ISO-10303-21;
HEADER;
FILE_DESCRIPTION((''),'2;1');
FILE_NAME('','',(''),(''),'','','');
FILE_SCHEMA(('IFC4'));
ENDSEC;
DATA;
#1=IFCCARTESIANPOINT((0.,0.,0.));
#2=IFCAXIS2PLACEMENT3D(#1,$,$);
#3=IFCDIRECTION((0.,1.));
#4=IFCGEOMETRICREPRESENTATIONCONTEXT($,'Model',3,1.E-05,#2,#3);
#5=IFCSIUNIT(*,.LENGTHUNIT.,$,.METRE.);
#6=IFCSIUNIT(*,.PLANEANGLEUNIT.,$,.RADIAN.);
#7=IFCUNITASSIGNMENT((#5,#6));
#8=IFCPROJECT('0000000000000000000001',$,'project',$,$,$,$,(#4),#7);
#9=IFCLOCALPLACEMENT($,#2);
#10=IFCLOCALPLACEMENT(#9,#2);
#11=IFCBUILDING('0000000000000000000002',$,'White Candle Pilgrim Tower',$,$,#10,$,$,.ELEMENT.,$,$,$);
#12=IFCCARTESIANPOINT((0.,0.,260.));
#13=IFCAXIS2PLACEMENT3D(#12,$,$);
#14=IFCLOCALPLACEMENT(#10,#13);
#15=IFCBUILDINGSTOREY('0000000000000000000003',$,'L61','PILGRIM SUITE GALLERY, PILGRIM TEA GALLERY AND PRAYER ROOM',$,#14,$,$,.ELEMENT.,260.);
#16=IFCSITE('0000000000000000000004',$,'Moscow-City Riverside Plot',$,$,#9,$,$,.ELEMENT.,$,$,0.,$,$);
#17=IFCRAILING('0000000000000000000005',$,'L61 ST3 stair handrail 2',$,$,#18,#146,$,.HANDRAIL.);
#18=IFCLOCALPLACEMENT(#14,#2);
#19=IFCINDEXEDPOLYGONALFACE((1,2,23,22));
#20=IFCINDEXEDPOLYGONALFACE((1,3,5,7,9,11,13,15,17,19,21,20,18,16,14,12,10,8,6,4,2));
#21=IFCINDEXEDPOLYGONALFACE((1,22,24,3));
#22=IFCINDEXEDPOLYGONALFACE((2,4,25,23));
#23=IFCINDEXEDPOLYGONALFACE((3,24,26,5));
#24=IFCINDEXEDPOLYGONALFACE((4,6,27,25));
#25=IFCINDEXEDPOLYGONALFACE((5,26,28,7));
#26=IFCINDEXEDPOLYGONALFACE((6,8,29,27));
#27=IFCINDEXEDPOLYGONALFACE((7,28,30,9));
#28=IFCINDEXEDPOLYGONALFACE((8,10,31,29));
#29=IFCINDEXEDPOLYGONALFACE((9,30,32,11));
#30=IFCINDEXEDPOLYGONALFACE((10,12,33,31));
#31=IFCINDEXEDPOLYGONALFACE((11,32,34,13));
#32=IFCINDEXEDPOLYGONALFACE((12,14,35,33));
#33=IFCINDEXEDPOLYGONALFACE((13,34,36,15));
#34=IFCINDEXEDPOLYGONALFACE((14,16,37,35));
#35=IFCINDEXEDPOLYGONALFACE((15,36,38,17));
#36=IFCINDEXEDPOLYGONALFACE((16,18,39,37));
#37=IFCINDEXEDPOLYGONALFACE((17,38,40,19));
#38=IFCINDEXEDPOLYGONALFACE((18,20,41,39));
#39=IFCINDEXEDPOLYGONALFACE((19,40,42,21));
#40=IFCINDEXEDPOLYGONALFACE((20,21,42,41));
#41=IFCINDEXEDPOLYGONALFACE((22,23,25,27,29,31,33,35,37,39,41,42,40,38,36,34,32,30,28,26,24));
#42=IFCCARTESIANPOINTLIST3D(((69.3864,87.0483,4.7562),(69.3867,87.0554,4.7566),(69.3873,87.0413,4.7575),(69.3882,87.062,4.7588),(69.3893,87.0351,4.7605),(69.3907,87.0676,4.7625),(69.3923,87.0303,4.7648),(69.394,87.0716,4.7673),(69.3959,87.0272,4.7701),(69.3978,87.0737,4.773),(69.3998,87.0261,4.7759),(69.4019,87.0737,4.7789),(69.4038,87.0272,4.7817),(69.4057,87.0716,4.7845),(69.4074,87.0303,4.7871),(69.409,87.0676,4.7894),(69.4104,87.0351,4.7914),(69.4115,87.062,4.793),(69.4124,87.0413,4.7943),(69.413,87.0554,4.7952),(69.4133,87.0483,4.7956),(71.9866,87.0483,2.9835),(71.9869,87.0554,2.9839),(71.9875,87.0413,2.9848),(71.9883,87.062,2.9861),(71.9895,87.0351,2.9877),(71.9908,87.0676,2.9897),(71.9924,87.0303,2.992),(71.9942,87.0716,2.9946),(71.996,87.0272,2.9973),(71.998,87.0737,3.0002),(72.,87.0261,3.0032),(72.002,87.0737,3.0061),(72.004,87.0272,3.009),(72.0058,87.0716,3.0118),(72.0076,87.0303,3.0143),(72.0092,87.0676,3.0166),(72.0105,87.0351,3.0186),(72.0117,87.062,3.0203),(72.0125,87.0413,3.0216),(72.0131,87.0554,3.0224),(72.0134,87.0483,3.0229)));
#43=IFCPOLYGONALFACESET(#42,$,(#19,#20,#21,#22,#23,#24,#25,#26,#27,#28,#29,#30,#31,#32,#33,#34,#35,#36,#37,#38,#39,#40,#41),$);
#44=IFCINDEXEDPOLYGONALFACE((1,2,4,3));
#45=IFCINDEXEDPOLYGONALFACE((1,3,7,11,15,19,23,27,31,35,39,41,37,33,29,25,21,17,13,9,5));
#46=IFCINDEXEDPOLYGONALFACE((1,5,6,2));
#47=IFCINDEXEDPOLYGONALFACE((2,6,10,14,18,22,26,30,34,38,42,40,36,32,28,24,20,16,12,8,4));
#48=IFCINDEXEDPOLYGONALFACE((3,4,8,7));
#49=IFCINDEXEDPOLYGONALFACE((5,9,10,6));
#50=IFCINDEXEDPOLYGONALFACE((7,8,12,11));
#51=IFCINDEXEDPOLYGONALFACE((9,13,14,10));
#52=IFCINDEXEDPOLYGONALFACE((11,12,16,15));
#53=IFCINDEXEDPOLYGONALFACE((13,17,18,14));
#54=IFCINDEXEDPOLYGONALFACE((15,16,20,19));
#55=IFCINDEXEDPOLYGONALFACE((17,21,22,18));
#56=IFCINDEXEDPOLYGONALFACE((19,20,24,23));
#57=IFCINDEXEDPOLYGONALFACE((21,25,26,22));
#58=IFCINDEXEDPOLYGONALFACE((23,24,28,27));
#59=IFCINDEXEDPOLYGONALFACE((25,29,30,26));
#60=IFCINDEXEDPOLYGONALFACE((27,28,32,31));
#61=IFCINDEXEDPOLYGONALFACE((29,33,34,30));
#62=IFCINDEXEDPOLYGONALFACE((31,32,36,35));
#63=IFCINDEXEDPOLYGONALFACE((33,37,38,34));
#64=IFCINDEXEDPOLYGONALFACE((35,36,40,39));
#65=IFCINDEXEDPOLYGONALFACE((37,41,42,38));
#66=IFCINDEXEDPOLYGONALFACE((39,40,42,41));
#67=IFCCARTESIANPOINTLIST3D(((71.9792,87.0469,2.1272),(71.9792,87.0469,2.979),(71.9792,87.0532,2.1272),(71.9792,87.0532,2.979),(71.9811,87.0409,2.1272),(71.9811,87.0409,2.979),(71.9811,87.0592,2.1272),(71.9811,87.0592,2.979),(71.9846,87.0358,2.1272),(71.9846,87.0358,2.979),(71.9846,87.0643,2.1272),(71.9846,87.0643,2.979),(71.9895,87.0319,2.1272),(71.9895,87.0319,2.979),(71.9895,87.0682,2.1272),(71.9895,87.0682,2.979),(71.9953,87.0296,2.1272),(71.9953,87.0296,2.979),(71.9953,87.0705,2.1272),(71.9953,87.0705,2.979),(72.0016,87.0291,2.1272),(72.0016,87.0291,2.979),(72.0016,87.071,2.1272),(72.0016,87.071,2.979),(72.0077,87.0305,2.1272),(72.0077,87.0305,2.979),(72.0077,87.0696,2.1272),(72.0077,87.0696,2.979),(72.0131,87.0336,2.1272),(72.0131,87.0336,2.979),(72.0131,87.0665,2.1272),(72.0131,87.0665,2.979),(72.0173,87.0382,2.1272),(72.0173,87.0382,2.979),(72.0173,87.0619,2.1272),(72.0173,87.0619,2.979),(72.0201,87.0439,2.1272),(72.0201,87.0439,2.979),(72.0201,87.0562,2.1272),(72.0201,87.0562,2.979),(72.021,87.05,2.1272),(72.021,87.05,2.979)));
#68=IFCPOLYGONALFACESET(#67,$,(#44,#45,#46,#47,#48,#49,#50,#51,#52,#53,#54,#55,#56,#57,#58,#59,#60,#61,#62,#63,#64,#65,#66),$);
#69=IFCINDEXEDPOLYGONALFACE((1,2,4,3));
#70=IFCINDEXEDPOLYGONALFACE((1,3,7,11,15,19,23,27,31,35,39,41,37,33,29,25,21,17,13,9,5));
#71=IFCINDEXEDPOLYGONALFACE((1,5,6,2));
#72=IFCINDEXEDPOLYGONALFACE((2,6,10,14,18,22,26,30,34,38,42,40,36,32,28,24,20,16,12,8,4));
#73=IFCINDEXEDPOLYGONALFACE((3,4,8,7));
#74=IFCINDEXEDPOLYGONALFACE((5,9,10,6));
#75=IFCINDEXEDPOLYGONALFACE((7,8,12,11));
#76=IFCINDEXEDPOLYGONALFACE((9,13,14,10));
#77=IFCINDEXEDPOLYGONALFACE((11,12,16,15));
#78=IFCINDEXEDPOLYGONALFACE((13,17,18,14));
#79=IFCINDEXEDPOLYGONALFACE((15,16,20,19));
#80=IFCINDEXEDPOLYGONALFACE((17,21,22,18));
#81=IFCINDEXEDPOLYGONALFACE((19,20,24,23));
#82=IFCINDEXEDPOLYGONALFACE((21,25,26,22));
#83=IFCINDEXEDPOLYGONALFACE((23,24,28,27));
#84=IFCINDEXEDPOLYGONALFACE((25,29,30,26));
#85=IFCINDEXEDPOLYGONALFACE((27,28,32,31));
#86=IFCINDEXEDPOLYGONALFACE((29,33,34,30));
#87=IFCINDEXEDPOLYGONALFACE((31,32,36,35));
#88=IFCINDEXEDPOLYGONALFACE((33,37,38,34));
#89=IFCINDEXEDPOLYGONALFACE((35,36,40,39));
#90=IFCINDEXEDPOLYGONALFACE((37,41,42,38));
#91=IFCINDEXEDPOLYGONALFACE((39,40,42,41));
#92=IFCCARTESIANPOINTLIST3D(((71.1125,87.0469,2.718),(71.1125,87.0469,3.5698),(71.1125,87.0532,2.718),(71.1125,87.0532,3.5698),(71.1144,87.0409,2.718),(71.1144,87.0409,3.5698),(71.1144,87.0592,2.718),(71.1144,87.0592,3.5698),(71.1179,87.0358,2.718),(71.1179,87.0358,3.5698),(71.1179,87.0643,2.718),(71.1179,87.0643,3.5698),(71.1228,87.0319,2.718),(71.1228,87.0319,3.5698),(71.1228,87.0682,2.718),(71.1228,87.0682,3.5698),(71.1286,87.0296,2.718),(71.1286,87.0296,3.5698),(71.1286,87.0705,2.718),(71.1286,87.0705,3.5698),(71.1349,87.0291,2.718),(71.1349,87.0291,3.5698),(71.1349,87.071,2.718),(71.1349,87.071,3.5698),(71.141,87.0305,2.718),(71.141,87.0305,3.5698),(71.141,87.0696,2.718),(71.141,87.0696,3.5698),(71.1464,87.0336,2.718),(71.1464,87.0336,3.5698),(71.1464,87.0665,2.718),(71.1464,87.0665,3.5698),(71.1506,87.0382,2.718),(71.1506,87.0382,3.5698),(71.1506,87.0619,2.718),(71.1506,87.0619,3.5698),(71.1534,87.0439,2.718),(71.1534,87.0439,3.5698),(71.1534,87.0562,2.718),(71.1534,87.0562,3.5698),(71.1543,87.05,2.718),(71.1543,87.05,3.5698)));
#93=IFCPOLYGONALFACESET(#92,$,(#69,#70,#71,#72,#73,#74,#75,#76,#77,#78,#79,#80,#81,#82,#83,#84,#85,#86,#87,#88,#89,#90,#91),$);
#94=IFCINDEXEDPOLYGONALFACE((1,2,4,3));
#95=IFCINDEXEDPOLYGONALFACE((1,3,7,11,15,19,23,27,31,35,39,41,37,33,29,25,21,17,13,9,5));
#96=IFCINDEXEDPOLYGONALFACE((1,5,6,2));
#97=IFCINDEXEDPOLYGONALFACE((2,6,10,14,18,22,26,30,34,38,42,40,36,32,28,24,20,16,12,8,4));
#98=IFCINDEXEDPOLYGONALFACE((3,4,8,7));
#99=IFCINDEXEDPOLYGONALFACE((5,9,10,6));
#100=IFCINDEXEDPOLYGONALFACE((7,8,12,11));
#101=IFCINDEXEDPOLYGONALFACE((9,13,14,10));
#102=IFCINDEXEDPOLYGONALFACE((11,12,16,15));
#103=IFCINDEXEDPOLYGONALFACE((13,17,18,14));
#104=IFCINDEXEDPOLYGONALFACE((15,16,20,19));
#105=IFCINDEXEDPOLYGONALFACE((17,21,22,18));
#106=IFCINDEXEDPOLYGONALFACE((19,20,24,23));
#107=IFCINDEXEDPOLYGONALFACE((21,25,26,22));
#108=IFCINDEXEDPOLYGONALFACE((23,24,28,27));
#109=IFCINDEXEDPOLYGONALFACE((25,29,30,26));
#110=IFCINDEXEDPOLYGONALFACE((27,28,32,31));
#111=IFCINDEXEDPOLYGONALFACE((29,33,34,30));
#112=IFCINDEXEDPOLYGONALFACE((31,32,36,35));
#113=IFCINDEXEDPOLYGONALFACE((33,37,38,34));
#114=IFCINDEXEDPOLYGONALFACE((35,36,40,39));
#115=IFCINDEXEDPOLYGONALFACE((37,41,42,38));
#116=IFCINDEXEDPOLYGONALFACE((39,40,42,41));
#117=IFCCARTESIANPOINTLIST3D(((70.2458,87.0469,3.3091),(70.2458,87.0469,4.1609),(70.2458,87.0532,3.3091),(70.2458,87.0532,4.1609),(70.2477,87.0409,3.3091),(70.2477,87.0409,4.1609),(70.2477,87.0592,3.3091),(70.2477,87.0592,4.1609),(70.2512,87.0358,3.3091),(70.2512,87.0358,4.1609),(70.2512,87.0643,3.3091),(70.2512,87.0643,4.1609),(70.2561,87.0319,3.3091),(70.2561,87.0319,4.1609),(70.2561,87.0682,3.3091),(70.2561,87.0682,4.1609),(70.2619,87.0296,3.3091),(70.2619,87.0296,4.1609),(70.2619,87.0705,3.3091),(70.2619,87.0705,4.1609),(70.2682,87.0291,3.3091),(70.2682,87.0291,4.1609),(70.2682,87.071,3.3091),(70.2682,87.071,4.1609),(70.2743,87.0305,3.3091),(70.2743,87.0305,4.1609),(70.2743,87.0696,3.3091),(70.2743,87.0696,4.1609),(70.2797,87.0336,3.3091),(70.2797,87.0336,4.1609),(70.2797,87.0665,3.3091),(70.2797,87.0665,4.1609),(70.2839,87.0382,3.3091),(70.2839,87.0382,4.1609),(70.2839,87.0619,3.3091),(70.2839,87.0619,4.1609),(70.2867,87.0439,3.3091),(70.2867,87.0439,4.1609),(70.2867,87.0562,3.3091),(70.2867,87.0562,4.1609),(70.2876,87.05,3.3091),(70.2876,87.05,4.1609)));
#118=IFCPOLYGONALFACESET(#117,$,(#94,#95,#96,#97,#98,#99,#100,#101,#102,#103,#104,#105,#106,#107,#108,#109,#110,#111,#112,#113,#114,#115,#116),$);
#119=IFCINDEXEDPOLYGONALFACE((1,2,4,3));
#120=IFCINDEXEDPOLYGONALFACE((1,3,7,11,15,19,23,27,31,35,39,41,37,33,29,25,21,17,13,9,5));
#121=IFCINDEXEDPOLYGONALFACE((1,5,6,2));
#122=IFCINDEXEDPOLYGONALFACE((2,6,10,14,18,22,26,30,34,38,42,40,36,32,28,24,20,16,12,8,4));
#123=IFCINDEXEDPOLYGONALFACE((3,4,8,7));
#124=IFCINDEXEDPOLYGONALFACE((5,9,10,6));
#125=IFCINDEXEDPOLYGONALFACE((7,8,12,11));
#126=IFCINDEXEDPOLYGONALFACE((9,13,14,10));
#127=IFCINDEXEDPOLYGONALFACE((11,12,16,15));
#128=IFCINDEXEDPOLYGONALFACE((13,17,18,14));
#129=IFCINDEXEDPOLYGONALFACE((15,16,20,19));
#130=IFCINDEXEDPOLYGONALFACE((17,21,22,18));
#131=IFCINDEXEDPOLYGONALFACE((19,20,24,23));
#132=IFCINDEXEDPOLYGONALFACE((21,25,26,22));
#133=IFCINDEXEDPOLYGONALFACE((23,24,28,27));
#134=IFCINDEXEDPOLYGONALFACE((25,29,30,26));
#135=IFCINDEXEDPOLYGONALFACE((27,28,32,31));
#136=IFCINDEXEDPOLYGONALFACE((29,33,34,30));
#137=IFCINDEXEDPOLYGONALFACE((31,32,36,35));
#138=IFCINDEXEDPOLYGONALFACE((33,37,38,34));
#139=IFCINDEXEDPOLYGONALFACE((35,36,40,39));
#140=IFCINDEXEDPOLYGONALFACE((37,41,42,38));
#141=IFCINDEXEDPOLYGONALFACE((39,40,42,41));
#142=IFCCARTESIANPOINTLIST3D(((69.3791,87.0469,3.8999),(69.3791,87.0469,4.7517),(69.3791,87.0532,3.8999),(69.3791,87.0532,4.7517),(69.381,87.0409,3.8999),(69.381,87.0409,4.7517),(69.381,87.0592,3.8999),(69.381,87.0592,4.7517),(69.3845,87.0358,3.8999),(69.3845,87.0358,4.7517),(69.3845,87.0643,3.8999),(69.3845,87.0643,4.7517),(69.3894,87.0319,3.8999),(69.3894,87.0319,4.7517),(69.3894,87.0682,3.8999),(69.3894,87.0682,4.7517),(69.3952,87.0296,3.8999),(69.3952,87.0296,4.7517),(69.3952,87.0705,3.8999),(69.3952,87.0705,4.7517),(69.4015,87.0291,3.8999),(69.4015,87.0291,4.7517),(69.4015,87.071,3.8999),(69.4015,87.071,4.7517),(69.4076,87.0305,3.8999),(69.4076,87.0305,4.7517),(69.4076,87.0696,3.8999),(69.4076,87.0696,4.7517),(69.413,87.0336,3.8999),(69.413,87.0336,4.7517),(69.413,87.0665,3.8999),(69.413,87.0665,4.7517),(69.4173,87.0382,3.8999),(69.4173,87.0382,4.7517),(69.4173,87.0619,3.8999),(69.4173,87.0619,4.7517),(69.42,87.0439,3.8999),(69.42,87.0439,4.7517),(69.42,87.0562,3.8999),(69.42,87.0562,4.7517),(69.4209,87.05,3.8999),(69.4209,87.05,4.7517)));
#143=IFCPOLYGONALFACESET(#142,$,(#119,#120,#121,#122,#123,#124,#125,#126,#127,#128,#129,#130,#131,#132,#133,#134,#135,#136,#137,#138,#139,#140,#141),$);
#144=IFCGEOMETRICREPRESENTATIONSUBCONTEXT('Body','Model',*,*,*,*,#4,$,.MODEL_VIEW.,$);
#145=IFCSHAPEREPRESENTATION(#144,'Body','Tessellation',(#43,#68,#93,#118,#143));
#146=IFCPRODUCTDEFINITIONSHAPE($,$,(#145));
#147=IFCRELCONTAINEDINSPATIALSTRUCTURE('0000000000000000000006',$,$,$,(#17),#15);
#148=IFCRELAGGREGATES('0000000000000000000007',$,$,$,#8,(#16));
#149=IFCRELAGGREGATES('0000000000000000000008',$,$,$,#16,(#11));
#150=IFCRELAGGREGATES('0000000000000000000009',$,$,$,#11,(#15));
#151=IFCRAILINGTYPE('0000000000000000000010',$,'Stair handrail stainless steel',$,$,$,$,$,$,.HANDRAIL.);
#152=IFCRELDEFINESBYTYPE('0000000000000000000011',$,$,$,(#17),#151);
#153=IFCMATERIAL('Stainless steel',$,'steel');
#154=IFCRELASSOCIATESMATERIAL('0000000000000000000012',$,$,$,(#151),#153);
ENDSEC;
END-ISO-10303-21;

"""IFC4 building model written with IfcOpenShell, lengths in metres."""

from ifc_helpers import new_model, si_unit, direction, frame, origin, origin_2d, place, context, subcontext, project, spatial, circle, extrude, material, type_object, element, save


model = new_model("IFC4")

# Units and contexts
model_context = context("Model", 3, precision=1e-05, world=origin(), true_north=direction((0.0, 1.0)))
body_context = subcontext(model_context, "Body", "Model", "MODEL_VIEW")
ifc_project = project(units=[si_unit("LENGTHUNIT", "METRE"), si_unit("PLANEANGLEUNIT", "RADIAN")], contexts=[model_context])

# Site, building, storey
site_placement = place(None, origin())
site = spatial("IfcSite", under=ifc_project, at=site_placement, Name="Moscow-City Riverside Plot", CompositionType="ELEMENT", RefElevation=0.0)
building_placement = place(site_placement, origin())
building = spatial("IfcBuilding", under=site, at=building_placement, Name="White Candle Pilgrim Tower", CompositionType="ELEMENT")
storey_placement = place(building_placement, frame((0.0, 0.0, 260.0)))
storey = spatial("IfcBuildingStorey", under=building, at=storey_placement, Name="L61", Description="PILGRIM SUITE GALLERY, PILGRIM TEA GALLERY AND PRAYER ROOM", CompositionType="ELEMENT", Elevation=260.0)

# Railing
ifc_material_1 = material(Name="Stainless steel", Category="steel")
railing_type_1 = type_object("IfcRailingType", Name="Stair handrail stainless steel", PredefinedType="HANDRAIL", material=ifc_material_1)
railing_1_placement = place(storey_placement, frame((72.0, 87.05, 2.1272)))
element("IfcRailing", 1, at=railing_1_placement, inside=storey, type_object=railing_type_1, Name="L61 ST3 stair handrail 2", PredefinedType="HANDRAIL", context=body_context, shape_type="SweptSolid", body=[
    extrude(circle(Radius=0.0239, at=origin_2d()), frame((0.0, 0.0, 0.876), z_axis=(-0.82624, 0.0, 0.563318), x_axis=(0.0, -1.0, 0.0)), (0.0, 0.0, 1.0), 3.147),
    extrude(circle(Radius=0.021, at=origin_2d()), origin(), (0.0, 0.0, 1.0), 0.8518),
    extrude(circle(Radius=0.021, at=origin_2d()), frame((-0.8667, 0.0, 0.5908)), (0.0, 0.0, 1.0), 0.8518),
    extrude(circle(Radius=0.021, at=origin_2d()), frame((-1.7334, 0.0, 1.1819)), (0.0, 0.0, 1.0), 0.8518),
    extrude(circle(Radius=0.021, at=origin_2d()), frame((-2.6001, 0.0, 1.7727)), (0.0, 0.0, 1.0), 0.8518),
])

save(model, "model.ifc")
